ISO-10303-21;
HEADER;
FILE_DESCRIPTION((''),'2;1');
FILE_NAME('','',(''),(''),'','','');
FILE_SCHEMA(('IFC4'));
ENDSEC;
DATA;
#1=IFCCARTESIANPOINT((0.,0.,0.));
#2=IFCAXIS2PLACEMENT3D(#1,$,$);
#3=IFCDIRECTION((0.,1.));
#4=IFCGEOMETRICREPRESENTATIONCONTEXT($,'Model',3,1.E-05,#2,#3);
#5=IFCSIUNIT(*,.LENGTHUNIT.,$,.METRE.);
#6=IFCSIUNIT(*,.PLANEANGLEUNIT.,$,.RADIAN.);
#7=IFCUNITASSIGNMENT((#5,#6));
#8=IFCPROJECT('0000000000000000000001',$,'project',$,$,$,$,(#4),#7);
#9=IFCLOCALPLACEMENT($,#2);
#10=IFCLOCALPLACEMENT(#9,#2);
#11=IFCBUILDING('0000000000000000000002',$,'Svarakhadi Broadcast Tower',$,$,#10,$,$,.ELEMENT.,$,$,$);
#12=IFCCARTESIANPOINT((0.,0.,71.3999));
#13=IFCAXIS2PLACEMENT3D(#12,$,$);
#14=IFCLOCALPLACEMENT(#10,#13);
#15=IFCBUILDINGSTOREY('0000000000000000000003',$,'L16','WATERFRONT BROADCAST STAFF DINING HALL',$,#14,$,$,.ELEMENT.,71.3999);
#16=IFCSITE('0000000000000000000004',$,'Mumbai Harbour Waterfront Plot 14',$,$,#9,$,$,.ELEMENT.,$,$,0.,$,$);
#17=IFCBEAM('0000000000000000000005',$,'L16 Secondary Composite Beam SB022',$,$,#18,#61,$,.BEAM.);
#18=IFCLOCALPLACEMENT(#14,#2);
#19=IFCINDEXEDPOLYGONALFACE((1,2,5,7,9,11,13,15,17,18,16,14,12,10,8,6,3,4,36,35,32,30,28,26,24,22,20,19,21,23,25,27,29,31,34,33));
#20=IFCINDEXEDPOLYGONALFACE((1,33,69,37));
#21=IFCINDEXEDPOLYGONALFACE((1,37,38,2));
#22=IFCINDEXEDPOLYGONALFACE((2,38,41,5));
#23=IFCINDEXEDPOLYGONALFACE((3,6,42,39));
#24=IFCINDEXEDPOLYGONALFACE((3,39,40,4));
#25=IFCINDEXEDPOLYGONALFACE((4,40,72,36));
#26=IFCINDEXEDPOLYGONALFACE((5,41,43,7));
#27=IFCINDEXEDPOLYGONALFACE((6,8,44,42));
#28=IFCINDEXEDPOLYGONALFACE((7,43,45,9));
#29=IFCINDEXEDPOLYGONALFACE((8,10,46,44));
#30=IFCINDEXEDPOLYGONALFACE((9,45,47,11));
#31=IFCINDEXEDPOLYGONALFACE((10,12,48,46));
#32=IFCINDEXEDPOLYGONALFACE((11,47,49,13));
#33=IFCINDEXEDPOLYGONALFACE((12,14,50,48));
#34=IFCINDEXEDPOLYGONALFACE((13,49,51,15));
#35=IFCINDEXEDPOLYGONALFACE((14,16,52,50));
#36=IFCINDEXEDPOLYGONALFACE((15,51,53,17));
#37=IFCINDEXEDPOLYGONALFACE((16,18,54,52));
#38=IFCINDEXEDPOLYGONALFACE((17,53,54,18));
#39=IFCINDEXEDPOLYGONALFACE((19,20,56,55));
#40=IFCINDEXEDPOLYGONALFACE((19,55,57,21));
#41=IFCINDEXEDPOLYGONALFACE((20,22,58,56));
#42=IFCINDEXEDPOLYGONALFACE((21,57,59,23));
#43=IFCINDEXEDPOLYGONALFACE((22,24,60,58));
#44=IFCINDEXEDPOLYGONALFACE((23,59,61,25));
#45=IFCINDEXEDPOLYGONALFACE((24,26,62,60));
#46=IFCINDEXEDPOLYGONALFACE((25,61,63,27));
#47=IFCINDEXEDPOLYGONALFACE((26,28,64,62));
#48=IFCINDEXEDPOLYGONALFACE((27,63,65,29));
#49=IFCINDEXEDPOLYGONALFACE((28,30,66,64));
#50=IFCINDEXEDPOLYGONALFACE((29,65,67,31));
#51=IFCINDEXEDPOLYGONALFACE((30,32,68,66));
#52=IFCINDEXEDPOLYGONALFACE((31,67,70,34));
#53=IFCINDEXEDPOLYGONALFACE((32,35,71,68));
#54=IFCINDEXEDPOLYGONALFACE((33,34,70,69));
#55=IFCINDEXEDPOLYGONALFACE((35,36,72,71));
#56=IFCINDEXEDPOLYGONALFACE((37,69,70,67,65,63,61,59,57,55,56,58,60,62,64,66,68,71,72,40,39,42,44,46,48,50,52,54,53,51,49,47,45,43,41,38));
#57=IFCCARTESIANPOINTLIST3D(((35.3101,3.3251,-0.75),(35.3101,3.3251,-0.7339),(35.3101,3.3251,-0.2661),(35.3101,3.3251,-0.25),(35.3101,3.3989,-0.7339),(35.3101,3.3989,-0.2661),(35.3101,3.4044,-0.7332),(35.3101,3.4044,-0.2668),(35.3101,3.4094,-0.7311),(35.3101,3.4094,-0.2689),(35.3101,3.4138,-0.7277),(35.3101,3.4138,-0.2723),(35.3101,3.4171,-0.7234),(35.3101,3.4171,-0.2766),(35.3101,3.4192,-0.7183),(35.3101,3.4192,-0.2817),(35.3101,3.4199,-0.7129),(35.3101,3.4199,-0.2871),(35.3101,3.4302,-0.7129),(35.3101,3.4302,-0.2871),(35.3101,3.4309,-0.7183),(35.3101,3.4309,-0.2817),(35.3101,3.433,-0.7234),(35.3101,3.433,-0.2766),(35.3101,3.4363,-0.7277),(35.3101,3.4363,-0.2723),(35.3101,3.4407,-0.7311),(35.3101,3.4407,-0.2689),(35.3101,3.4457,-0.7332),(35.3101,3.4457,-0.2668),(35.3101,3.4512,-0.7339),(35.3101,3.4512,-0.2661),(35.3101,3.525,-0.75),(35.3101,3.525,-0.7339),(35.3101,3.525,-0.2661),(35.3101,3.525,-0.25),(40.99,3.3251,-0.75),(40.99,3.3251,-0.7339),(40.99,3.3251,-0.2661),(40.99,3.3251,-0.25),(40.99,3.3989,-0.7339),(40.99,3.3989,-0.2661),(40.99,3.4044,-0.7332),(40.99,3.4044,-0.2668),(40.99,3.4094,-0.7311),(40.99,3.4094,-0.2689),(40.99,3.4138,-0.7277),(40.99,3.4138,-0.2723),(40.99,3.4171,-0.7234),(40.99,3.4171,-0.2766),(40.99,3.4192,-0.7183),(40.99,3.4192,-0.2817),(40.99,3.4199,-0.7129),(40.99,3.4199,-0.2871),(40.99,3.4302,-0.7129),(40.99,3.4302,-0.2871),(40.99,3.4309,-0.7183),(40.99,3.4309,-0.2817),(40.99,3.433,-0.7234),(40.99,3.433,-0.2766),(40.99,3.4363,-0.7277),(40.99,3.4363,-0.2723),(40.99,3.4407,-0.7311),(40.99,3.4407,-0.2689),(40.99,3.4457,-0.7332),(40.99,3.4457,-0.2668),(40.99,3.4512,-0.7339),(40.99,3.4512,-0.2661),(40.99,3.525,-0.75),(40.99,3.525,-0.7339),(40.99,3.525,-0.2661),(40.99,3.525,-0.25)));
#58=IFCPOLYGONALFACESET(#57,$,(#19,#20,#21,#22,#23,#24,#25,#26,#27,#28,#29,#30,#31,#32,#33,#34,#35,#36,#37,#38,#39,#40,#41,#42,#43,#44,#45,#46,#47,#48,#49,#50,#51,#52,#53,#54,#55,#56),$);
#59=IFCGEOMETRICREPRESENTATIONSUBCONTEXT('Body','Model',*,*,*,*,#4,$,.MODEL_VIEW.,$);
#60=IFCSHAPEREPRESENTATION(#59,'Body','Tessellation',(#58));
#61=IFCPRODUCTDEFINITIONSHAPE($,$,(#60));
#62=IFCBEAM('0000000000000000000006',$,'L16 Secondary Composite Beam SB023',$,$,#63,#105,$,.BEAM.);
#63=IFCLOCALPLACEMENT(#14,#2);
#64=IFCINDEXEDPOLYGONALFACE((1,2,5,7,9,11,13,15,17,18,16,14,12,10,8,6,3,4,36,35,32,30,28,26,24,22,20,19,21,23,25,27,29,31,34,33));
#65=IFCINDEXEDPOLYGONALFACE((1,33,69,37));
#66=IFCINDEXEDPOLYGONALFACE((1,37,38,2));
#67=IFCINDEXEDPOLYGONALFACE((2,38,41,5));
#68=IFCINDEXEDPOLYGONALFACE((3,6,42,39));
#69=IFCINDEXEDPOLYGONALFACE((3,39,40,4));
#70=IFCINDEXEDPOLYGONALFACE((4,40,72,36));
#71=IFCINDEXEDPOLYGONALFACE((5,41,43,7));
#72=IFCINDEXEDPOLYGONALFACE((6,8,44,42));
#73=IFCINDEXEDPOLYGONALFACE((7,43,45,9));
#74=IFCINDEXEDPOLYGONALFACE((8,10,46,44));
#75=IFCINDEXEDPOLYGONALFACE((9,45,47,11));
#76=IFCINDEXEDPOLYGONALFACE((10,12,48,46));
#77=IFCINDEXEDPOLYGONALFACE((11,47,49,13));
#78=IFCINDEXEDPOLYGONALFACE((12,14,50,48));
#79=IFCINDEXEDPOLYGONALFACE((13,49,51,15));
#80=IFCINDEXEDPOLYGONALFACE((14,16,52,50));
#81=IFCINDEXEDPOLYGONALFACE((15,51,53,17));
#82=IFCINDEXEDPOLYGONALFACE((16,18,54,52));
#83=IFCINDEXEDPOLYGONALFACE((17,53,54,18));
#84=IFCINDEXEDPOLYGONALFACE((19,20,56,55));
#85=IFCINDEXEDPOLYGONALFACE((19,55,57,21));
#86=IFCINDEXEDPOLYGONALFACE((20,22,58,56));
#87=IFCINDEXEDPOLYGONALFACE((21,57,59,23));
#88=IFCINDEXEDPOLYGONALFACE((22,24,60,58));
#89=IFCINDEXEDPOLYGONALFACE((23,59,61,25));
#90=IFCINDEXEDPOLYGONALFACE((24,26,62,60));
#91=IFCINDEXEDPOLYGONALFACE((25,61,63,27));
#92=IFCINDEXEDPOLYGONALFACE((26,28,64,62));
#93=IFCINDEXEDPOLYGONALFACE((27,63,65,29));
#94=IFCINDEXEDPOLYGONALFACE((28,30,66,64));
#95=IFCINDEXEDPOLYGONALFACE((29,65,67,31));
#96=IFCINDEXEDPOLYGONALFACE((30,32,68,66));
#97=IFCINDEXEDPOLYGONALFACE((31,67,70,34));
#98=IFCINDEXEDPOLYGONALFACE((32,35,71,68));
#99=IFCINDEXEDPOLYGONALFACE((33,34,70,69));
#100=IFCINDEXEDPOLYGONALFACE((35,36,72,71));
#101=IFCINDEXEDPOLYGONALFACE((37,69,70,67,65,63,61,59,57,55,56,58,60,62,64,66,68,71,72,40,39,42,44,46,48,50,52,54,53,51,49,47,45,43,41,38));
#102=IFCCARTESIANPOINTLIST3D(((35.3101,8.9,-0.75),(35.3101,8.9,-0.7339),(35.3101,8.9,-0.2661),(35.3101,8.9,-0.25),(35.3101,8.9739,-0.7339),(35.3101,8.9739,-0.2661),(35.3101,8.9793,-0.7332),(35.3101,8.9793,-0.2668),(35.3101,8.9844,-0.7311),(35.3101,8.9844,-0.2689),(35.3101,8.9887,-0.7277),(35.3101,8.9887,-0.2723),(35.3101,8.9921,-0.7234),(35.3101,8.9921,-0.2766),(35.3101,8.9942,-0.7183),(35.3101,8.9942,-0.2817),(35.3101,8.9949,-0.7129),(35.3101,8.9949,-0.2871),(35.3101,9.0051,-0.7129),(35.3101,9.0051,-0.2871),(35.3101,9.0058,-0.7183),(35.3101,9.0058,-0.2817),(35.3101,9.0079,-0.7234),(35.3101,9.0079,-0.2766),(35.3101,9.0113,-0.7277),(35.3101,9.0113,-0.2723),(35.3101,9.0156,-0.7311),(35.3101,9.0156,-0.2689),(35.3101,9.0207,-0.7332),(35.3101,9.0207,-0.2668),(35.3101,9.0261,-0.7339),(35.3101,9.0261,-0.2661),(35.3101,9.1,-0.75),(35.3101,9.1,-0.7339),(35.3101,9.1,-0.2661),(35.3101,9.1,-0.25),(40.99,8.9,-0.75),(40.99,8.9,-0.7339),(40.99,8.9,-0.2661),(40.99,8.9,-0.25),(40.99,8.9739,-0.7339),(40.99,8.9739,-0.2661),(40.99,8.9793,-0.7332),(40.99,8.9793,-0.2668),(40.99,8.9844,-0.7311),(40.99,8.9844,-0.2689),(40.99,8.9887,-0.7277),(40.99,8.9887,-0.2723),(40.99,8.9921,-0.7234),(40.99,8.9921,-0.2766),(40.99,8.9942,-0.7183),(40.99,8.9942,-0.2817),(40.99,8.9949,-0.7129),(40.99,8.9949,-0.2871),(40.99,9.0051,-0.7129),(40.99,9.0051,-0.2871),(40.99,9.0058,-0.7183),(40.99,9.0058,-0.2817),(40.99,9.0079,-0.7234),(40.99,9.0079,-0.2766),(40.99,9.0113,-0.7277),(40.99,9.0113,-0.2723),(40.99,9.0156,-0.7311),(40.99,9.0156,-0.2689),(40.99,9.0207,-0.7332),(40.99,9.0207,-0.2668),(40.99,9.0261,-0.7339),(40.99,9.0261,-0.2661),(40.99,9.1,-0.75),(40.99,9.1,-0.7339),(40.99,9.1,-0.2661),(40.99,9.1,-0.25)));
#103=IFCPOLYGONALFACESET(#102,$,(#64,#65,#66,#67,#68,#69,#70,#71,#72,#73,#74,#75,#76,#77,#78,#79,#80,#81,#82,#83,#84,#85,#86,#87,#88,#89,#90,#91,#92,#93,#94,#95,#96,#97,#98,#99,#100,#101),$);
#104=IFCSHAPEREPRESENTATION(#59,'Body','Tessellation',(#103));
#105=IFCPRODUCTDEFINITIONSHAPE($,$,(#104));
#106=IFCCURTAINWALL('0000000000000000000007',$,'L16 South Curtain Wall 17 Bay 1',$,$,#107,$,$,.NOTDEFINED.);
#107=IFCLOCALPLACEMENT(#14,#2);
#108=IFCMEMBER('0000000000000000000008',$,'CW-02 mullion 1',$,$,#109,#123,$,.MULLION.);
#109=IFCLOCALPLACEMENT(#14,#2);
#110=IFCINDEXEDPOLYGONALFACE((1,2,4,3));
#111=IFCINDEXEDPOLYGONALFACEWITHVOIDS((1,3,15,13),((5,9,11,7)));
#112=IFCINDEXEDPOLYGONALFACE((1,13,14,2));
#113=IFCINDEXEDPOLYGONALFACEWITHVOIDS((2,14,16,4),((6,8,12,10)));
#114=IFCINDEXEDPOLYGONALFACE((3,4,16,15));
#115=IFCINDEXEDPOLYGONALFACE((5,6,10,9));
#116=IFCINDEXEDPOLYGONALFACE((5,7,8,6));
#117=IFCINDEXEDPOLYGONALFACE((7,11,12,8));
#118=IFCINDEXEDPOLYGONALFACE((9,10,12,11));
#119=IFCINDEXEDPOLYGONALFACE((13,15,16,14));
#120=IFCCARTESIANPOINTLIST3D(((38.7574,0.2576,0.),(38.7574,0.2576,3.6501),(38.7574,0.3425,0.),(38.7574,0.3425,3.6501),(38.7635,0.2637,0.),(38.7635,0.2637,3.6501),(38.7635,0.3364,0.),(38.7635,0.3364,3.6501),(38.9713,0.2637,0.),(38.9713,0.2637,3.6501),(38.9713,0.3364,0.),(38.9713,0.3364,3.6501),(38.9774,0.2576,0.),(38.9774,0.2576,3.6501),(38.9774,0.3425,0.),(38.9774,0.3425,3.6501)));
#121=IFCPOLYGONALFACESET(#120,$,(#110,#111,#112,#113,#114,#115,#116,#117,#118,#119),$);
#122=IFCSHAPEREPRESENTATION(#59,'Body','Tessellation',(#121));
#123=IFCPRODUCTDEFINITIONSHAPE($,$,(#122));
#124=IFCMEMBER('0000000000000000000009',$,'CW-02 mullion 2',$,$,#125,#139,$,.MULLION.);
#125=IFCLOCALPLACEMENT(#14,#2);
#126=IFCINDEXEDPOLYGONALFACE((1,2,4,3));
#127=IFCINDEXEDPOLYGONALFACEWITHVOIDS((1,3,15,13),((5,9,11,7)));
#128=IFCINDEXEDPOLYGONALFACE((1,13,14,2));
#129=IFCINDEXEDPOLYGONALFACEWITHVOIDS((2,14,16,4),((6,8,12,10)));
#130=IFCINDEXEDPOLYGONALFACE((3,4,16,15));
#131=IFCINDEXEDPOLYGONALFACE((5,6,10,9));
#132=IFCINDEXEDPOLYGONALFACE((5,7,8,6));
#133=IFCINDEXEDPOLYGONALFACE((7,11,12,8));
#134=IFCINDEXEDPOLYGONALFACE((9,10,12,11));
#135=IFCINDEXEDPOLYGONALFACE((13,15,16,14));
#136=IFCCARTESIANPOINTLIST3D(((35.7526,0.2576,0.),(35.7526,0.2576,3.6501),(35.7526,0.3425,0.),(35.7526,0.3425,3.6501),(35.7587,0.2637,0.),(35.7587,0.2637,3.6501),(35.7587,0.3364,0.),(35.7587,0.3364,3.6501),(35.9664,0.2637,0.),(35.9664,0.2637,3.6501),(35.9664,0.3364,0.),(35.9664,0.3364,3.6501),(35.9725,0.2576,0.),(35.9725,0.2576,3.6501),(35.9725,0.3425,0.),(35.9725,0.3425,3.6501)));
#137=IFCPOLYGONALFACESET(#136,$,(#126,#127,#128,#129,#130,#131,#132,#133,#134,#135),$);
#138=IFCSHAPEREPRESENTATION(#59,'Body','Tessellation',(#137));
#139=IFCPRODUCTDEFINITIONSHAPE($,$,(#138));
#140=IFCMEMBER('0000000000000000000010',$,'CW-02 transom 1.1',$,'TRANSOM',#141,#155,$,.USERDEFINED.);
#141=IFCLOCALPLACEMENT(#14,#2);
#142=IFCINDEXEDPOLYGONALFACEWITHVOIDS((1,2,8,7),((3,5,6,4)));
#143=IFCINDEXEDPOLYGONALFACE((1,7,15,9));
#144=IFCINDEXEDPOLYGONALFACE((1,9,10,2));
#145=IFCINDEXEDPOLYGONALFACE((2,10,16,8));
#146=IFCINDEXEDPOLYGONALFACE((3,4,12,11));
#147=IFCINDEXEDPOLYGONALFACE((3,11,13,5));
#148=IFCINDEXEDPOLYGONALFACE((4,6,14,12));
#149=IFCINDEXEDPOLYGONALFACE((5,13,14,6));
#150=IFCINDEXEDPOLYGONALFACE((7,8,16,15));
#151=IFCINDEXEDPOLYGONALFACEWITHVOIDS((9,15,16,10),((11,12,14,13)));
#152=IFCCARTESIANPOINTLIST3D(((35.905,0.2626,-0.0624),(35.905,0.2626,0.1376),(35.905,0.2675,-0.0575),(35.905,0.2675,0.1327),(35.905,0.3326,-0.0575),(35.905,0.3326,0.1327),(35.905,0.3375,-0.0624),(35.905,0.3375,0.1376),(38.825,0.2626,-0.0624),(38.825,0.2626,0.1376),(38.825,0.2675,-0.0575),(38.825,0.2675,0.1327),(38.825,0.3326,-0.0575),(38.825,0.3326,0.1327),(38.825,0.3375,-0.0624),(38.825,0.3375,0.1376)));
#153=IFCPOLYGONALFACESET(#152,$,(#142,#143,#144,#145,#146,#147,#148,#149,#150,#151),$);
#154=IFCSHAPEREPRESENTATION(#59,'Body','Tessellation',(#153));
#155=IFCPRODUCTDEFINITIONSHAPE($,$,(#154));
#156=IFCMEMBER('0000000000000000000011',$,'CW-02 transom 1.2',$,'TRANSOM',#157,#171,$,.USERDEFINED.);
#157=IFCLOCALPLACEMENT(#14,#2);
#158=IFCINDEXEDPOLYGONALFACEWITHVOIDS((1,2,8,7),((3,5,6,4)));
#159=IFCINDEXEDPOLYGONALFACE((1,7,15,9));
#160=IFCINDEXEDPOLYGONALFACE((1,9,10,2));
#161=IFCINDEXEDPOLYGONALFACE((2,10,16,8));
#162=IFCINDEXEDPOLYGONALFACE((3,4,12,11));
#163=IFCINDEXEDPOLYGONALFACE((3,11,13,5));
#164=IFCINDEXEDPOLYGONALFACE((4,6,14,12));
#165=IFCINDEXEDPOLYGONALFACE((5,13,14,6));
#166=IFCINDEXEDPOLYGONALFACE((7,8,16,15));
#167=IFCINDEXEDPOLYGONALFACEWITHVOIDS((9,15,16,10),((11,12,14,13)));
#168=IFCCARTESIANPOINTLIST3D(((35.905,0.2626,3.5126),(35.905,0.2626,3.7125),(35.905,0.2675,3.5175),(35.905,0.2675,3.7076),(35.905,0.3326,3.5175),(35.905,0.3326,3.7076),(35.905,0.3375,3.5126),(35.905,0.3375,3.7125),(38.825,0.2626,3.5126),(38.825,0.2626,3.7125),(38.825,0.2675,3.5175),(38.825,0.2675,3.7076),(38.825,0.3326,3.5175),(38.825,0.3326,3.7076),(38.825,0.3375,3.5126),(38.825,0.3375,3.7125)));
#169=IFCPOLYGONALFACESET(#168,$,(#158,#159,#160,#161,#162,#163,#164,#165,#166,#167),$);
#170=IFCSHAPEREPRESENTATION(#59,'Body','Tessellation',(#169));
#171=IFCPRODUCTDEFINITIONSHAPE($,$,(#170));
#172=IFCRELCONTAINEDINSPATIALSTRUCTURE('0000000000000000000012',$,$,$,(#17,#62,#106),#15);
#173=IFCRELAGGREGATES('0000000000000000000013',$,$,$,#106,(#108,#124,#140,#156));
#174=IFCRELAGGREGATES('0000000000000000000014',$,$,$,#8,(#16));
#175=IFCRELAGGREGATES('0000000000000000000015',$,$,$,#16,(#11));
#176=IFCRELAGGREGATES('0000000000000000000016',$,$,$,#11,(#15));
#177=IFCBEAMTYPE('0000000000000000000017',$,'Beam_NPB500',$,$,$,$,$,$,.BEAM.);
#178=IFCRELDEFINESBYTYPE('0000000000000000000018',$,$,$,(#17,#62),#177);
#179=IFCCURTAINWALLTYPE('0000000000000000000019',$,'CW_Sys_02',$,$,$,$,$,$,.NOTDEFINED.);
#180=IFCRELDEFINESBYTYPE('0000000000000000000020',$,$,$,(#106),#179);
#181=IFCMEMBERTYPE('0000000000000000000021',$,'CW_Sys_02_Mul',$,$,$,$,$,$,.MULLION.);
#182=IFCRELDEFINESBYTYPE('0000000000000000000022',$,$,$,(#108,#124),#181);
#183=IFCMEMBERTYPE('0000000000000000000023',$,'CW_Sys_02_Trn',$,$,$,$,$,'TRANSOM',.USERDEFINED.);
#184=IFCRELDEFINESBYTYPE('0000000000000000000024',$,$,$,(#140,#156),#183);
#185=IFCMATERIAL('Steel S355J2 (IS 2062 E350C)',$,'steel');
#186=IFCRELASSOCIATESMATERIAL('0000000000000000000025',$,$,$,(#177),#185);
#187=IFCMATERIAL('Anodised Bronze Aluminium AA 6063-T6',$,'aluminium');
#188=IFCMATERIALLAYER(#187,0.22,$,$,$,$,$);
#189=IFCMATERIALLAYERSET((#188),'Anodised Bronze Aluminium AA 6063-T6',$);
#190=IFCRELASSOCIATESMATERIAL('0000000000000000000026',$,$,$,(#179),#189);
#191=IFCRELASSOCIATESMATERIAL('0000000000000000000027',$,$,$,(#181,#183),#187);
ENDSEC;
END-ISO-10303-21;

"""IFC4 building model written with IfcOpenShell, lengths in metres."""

from ifc_helpers import new_model, si_unit, direction, frame, origin, origin_2d, place, context, subcontext, project, spatial, hollow_rectangle, i_section, extrude, material, layer, layer_set, material_profile, profile_set, type_object, element, aggregate, save


model = new_model("IFC4")

# Units and contexts
model_context = context("Model", 3, precision=1e-05, world=origin(), true_north=direction((0.0, 1.0)))
body_context = subcontext(model_context, "Body", "Model", "MODEL_VIEW")
ifc_project = project(units=[si_unit("LENGTHUNIT", "METRE"), si_unit("PLANEANGLEUNIT", "RADIAN")], contexts=[model_context])

# Site, building, storey
site_placement = place(None, origin())
site = spatial("IfcSite", under=ifc_project, at=site_placement, Name="Mumbai Harbour Waterfront Plot 14", CompositionType="ELEMENT", RefElevation=0.0)
building_placement = place(site_placement, origin())
building = spatial("IfcBuilding", under=site, at=building_placement, Name="Svarakhadi Broadcast Tower", CompositionType="ELEMENT")
storey_placement = place(building_placement, frame((0.0, 0.0, 71.3999)))
storey = spatial("IfcBuildingStorey", under=building, at=storey_placement, Name="L16", Description="WATERFRONT BROADCAST STAFF DINING HALL", CompositionType="ELEMENT", Elevation=71.3999)

# Beams
ifc_material_1 = material(Name="Steel S355J2 (IS 2062 E350C)", Category="steel")
ifc_material_profile_1 = material_profile(ifc_material_1, i_section(OverallWidth=0.2, OverallDepth=0.5, WebThickness=0.0103, FlangeThickness=0.0161, FilletRadius=0.021, at=origin_2d()), Name="NPB 500x200x91")
ifc_profile_set_1 = profile_set([ifc_material_profile_1], Name="Steel S355J2 (IS 2062 E350C)")
beam_type_1 = type_object("IfcBeamType", Name="Beam_NPB500", PredefinedType="BEAM", material=ifc_profile_set_1)
for number, where, z_axis, x_axis, name in (
    (1, (35.3101, 3.425, -0.5), (1.0, 0.0, 0.0), (0.0, 1.0, 0.0), "L16 Secondary Composite Beam SB022"),
    (2, (35.3101, 9.0, -0.5), (1.0, 0.0, 0.0), (0.0, 1.0, 0.0), "L16 Secondary Composite Beam SB023"),
):
    element("IfcBeam", number, at=place(storey_placement, frame(where, z_axis=z_axis, x_axis=x_axis)), inside=storey, type_object=beam_type_1, Name=name, PredefinedType="BEAM", context=body_context, shape_type="SweptSolid", body=[
        extrude(i_section(OverallWidth=0.2, OverallDepth=0.5, WebThickness=0.0103, FlangeThickness=0.0161, FilletRadius=0.021, at=origin_2d()), origin(), (0.0, 0.0, 1.0), 5.6799),
    ])

# Curtain wall, members
ifc_material_2 = material(Name="Anodised Bronze Aluminium AA 6063-T6", Category="aluminium")
ifc_layer_1 = layer(ifc_material_2, 0.22)
ifc_layer_set_1 = layer_set([ifc_layer_1], Name="Anodised Bronze Aluminium AA 6063-T6")
curtain_wall_type = type_object("IfcCurtainWallType", Name="CW_Sys_02", PredefinedType="NOTDEFINED", material=ifc_layer_set_1)
curtain_wall_placement = place(storey_placement, origin())
curtain_wall = element("IfcCurtainWall", 3, at=curtain_wall_placement, inside=storey, type_object=curtain_wall_type, Name="L16 South Curtain Wall 17 Bay 1", PredefinedType="NOTDEFINED")
ifc_material_profile_2 = material_profile(ifc_material_2, hollow_rectangle(XDim=0.085, YDim=0.22, WallThickness=0.0061, at=origin_2d()), Name="ALU MULLION 220x85x6")
ifc_profile_set_2 = profile_set([ifc_material_profile_2], Name="Anodised Bronze Aluminium AA 6063-T6")
member_type_1 = type_object("IfcMemberType", Name="CW_Sys_02_Mul", PredefinedType="MULLION", material=ifc_profile_set_2)
member_1_placement = place(storey_placement, frame((38.8674, 0.3, 0.0), z_axis=(0.0, 0.0, 1.0), x_axis=(0.0, -1.0, 0.0)))
member_1 = element("IfcMember", 4, at=member_1_placement, type_object=member_type_1, Name="CW-02 mullion 1", PredefinedType="MULLION", context=body_context, shape_type="SweptSolid", body=[
    extrude(hollow_rectangle(XDim=0.085, YDim=0.22, WallThickness=0.0061, at=origin_2d()), origin(), (0.0, 0.0, 1.0), 3.6501),
])
member_2_placement = place(storey_placement, frame((35.8625, 0.3, 0.0), z_axis=(0.0, 0.0, 1.0), x_axis=(0.0, -1.0, 0.0)))
member_2 = element("IfcMember", 5, at=member_2_placement, type_object=member_type_1, Name="CW-02 mullion 2", PredefinedType="MULLION", context=body_context, shape_type="SweptSolid", body=[
    extrude(hollow_rectangle(XDim=0.085, YDim=0.22, WallThickness=0.0061, at=origin_2d()), origin(), (0.0, 0.0, 1.0), 3.6501),
])
ifc_material_profile_3 = material_profile(ifc_material_2, hollow_rectangle(XDim=0.075, YDim=0.2, WallThickness=0.0049, at=origin_2d()), Name="ALU TRANSOM 200x75x5")
ifc_profile_set_3 = profile_set([ifc_material_profile_3], Name="Anodised Bronze Aluminium AA 6063-T6")
member_type_2 = type_object("IfcMemberType", Name="CW_Sys_02_Trn", ElementType="TRANSOM", PredefinedType="USERDEFINED", material=ifc_profile_set_3)
member_3_placement = place(storey_placement, frame((38.825, 0.3, 0.0376), z_axis=(-1.0, 0.0, 0.0), x_axis=(0.0, -1.0, 0.0)))
member_3 = element("IfcMember", 6, at=member_3_placement, type_object=member_type_2, Name="CW-02 transom 1.1", ObjectType="TRANSOM", PredefinedType="USERDEFINED", context=body_context, shape_type="SweptSolid", body=[
    extrude(hollow_rectangle(XDim=0.075, YDim=0.2, WallThickness=0.0049, at=origin_2d()), origin(), (0.0, 0.0, 1.0), 2.9199),
])
member_4_placement = place(storey_placement, frame((38.825, 0.3, 3.6125), z_axis=(-1.0, 0.0, 0.0), x_axis=(0.0, -1.0, 0.0)))
member_4 = element("IfcMember", 7, at=member_4_placement, type_object=member_type_2, Name="CW-02 transom 1.2", ObjectType="TRANSOM", PredefinedType="USERDEFINED", context=body_context, shape_type="SweptSolid", body=[
    extrude(hollow_rectangle(XDim=0.075, YDim=0.2, WallThickness=0.0049, at=origin_2d()), origin(), (0.0, 0.0, 1.0), 2.9199),
])

aggregate(curtain_wall, [member_1, member_2, member_3, member_4])

save(model, "model.ifc")
